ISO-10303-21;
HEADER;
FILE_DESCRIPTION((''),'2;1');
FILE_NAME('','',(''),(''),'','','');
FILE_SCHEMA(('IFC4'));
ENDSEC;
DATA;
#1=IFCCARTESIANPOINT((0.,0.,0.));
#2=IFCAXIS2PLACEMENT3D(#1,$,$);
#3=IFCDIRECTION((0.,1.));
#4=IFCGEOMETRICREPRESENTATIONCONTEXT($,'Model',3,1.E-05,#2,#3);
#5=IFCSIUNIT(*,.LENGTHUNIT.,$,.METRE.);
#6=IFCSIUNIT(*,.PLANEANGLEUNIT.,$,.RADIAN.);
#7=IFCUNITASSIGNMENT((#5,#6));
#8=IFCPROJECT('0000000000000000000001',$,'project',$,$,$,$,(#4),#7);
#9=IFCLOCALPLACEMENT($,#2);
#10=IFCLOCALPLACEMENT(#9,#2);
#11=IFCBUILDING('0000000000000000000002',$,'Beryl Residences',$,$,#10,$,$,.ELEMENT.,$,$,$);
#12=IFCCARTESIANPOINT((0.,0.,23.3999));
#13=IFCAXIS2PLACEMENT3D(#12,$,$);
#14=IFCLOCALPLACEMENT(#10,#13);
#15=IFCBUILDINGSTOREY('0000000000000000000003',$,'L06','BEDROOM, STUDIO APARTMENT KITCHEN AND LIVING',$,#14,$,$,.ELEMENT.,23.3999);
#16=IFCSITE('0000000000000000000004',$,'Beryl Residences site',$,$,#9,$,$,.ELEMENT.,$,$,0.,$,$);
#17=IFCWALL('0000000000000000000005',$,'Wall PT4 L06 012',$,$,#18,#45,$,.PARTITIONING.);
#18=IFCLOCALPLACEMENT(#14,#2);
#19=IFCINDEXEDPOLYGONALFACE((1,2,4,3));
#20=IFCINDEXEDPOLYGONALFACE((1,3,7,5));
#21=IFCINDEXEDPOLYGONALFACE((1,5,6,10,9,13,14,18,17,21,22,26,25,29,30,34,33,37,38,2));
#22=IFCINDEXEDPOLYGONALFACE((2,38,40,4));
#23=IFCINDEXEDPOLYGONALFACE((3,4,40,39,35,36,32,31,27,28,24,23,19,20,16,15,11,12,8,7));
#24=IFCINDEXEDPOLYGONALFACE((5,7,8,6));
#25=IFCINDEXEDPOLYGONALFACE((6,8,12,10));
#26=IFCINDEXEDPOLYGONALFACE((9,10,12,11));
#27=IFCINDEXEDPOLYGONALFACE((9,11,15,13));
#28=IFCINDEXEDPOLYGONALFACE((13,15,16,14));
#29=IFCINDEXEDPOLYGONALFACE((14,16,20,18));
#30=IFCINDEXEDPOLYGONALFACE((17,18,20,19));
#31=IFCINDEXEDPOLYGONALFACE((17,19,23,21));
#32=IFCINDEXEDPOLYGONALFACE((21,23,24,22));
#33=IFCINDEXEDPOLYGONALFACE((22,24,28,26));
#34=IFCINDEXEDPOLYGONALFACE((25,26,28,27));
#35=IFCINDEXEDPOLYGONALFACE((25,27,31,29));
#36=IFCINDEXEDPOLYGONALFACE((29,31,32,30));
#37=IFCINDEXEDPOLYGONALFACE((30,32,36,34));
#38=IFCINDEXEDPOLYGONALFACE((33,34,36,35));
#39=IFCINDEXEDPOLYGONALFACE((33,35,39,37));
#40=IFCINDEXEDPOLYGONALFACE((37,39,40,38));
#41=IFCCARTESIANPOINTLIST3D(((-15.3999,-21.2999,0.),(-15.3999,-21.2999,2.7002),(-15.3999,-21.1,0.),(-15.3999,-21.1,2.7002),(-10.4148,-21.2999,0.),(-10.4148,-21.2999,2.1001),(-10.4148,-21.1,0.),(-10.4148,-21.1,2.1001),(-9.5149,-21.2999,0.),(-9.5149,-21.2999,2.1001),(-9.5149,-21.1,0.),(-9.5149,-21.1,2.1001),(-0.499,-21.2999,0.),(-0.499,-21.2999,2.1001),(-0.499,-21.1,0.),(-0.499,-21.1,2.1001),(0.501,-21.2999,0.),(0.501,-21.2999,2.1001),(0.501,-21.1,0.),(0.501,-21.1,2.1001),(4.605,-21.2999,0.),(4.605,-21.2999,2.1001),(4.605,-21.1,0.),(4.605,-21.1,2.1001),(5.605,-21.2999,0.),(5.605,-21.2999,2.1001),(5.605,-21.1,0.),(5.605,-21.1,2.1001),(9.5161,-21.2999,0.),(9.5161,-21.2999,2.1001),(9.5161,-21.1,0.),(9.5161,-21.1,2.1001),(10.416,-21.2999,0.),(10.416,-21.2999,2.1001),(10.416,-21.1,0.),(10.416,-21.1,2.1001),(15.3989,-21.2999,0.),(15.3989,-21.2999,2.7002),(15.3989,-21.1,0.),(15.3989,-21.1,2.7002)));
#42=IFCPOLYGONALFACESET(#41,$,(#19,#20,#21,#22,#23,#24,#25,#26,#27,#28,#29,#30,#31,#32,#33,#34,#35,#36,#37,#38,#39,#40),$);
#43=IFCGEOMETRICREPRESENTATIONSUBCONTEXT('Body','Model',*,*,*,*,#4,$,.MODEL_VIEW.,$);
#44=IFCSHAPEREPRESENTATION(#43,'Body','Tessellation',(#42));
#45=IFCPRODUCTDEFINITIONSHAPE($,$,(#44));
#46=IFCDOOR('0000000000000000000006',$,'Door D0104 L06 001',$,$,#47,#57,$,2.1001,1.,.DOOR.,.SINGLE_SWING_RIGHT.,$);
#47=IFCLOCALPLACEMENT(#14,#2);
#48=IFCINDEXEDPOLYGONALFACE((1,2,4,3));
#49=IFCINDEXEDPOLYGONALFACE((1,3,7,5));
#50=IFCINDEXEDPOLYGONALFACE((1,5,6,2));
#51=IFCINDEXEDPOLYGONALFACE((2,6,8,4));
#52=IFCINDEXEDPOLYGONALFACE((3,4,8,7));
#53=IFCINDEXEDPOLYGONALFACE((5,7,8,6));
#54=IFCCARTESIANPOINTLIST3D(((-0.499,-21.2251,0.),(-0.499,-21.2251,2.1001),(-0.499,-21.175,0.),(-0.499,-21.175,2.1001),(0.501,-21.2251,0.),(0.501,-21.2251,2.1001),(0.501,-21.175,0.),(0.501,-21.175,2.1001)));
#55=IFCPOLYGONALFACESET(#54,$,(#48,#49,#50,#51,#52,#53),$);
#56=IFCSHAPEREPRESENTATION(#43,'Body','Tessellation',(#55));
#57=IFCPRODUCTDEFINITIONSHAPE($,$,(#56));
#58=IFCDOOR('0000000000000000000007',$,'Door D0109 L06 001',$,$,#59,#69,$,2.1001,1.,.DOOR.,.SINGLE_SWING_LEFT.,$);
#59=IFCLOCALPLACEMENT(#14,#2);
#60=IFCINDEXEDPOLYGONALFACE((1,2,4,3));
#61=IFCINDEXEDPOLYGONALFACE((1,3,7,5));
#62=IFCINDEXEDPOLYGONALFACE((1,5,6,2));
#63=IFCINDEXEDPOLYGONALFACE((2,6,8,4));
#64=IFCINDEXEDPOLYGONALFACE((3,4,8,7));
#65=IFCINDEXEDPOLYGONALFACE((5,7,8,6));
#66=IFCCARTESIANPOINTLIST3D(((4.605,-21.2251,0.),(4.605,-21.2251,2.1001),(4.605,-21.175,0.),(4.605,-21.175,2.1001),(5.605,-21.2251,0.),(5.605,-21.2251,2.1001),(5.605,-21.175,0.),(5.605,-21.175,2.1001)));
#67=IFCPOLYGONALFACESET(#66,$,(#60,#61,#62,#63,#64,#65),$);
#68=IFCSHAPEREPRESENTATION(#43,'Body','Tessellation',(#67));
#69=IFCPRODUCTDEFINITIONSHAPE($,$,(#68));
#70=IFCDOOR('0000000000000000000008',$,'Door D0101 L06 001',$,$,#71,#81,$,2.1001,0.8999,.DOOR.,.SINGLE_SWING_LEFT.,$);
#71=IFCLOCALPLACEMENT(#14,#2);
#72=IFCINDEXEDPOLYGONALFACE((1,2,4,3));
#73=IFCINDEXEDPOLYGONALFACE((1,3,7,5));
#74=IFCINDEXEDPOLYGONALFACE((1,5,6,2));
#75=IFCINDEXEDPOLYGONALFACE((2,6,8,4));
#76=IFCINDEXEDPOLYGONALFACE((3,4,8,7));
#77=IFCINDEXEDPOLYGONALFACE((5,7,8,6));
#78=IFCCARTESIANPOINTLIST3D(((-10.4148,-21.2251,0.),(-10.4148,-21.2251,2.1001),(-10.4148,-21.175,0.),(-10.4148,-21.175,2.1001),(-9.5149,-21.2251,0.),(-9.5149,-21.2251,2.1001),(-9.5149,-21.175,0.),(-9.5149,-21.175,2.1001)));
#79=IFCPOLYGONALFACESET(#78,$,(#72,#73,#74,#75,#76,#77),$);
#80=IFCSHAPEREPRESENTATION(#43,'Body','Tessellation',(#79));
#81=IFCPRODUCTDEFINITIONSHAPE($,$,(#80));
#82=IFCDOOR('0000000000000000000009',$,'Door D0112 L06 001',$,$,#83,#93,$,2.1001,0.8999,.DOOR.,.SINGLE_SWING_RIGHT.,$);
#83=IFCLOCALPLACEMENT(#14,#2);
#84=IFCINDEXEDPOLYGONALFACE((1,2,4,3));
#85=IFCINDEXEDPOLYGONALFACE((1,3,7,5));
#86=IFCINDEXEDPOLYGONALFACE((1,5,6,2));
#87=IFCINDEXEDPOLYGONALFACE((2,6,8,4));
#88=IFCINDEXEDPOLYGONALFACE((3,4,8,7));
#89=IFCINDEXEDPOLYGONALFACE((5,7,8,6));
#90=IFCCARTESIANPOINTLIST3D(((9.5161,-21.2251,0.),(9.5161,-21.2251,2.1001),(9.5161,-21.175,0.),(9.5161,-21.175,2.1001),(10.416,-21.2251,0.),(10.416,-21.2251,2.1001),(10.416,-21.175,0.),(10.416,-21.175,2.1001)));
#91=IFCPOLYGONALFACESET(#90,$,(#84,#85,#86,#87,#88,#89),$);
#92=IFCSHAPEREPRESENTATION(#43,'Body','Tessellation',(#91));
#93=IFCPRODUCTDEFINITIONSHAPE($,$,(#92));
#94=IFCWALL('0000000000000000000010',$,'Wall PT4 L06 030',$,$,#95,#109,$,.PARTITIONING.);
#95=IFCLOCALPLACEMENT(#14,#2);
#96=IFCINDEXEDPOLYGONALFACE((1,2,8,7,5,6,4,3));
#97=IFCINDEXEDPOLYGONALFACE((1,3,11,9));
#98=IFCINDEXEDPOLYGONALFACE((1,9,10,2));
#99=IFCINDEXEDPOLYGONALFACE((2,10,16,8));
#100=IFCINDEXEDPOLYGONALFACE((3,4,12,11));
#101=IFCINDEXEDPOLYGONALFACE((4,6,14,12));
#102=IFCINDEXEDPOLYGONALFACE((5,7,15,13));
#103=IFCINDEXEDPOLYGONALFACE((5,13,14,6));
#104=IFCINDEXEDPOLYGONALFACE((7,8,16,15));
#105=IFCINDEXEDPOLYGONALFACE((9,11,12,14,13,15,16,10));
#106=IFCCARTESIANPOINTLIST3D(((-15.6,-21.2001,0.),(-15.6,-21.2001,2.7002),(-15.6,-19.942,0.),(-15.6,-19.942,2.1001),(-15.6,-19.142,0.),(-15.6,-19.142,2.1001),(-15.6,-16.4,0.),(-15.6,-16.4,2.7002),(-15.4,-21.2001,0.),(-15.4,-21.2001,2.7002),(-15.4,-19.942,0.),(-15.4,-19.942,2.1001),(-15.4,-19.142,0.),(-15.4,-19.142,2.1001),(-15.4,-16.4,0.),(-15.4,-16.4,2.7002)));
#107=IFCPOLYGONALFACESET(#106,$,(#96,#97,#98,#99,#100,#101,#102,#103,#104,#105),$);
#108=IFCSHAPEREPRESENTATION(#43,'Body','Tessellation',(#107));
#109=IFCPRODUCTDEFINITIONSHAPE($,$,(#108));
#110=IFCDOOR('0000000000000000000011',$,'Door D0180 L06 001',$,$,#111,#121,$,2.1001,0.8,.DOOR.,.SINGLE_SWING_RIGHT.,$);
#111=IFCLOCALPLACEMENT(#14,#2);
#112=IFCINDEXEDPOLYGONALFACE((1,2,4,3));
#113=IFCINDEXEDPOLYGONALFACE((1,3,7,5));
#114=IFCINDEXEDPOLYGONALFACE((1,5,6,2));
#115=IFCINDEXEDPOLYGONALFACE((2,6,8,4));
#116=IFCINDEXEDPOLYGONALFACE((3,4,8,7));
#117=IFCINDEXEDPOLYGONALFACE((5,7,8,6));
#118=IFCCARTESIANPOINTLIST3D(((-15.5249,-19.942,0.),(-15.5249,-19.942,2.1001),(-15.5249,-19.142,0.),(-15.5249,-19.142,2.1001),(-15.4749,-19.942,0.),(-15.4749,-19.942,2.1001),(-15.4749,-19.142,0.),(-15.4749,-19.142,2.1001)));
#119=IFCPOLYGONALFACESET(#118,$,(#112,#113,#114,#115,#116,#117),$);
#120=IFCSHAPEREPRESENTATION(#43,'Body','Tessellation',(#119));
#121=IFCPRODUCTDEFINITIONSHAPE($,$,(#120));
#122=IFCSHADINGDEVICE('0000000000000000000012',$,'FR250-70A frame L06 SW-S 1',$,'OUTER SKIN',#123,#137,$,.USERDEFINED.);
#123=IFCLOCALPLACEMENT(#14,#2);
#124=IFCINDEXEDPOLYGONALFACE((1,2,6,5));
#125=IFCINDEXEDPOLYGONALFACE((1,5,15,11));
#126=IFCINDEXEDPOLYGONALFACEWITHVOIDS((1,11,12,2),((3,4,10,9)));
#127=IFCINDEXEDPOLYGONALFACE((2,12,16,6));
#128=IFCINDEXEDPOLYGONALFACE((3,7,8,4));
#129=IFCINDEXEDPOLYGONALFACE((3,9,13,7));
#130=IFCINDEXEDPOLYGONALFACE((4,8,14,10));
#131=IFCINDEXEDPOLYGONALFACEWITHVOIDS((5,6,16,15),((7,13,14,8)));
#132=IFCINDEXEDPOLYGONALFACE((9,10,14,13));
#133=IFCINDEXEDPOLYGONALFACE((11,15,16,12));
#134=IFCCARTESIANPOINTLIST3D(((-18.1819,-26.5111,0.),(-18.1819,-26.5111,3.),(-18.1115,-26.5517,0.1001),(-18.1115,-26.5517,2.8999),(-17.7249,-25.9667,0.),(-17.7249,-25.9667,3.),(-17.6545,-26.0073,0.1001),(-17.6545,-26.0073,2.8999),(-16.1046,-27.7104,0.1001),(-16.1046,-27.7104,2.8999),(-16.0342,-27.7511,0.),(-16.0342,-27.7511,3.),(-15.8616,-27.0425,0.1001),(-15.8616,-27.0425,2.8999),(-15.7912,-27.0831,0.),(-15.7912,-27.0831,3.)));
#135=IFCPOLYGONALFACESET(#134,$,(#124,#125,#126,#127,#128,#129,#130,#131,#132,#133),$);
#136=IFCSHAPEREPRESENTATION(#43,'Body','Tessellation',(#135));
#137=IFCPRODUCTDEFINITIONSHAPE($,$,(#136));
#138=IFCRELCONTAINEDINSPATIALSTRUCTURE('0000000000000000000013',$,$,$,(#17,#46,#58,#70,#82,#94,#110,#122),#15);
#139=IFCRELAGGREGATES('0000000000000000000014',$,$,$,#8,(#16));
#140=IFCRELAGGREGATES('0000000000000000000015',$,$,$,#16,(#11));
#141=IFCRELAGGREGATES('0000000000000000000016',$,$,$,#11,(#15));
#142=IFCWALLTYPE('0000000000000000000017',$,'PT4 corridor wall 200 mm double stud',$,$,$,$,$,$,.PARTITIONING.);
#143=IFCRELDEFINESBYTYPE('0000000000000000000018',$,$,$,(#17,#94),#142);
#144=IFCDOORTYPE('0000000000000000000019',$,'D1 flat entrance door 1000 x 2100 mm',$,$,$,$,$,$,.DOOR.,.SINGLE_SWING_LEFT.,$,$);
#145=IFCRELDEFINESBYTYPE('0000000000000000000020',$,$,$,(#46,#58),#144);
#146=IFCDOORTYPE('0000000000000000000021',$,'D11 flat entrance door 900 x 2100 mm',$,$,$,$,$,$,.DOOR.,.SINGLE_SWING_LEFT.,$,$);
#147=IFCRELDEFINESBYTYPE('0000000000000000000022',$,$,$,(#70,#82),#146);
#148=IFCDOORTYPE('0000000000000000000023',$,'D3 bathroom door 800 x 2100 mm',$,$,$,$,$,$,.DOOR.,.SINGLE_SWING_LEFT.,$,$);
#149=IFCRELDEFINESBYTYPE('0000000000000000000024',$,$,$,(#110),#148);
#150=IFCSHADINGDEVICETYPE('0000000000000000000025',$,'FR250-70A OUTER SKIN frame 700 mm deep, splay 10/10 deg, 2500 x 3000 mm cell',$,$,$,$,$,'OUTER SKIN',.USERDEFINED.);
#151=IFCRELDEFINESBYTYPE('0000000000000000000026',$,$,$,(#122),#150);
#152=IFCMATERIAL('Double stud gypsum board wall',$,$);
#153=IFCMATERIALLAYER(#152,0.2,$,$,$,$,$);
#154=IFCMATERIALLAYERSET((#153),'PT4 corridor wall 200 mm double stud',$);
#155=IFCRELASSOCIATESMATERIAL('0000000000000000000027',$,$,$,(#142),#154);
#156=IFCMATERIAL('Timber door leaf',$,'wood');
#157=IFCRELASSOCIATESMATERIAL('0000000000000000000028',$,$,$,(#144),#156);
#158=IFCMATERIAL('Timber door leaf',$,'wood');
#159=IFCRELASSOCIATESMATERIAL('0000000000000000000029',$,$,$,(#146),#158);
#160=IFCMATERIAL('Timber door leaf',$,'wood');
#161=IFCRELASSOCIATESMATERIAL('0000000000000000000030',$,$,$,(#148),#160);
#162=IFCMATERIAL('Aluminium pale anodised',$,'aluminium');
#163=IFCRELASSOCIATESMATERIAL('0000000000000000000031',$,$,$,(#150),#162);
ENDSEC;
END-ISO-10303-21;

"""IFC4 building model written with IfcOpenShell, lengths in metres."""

from ifc_helpers import new_model, entity, si_unit, direction, frame, frame_2d, origin, place, context, subcontext, project, spatial, rectangle, extrude, source, transform, mapped, material, layer, layer_set, type_object, type_shapes, element, fill, save


model = new_model("IFC4")

# Units and contexts
model_context = context("Model", 3, precision=1e-05, world=origin(), true_north=direction((0.0, 1.0)))
body_context = subcontext(model_context, "Body", "Model", "MODEL_VIEW")
ifc_project = project(units=[si_unit("LENGTHUNIT", "METRE"), si_unit("PLANEANGLEUNIT", "RADIAN")], contexts=[model_context])

# Site, building, storey
site_placement = place(None, origin())
site = spatial("IfcSite", under=ifc_project, at=site_placement, Name="Beryl Residences site", CompositionType="ELEMENT", RefElevation=0.0)
building_placement = place(site_placement, origin())
building = spatial("IfcBuilding", under=site, at=building_placement, Name="Beryl Residences", CompositionType="ELEMENT")
storey_placement = place(building_placement, frame((0.0, 0.0, 23.3999)))
storey = spatial("IfcBuildingStorey", under=building, at=storey_placement, Name="L06", Description="BEDROOM, STUDIO APARTMENT KITCHEN AND LIVING", CompositionType="ELEMENT", Elevation=23.3999)

# Wall, openings, doors
ifc_material_1 = material(Name="Double stud gypsum board wall")
ifc_layer_1 = layer(ifc_material_1, 0.2)
ifc_layer_set_1 = layer_set([ifc_layer_1], Name="PT4 corridor wall 200 mm double stud")
wall_type_1 = type_object("IfcWallType", Name="PT4 corridor wall 200 mm double stud", PredefinedType="PARTITIONING", material=ifc_layer_set_1)
wall_1_placement = place(storey_placement, frame((-15.3999, -21.2, 0.0), z_axis=(0.0, 0.0, 1.0), x_axis=(1.0, 0.0, 0.0)))
wall_1 = element("IfcWall", 1, at=wall_1_placement, inside=storey, type_object=wall_type_1, Name="Wall PT4 L06 012", PredefinedType="PARTITIONING", context=body_context, shape_type="SweptSolid", body=[
    extrude(rectangle(XDim=30.7988, YDim=0.2, at=frame_2d((15.3994, 0.0))), origin(), (0.0, 0.0, 1.0), 2.7002),
])
opening_1_placement = place(wall_1_placement, frame((4.9851, 0.0, 0.0)))
opening_1 = element("IfcOpeningElement", 2, at=opening_1_placement, cuts=wall_1, PredefinedType="OPENING", context=body_context, shape_type="SweptSolid", body=[
    extrude(rectangle(XDim=0.8999, YDim=2.1001, at=frame_2d((0.45, 1.05))), frame((0.0, 0.1099, 0.0), z_axis=(0.0, -1.0, 0.0), x_axis=(1.0, 0.0, 0.0)), (0.0, 0.0, 1.0), 0.22),
])
opening_2_placement = place(wall_1_placement, frame((14.9009, 0.0, 0.0)))
opening_2 = element("IfcOpeningElement", 3, at=opening_2_placement, cuts=wall_1, PredefinedType="OPENING", context=body_context, shape_type="SweptSolid", body=[
    extrude(rectangle(XDim=1.0, YDim=2.1001, at=frame_2d((0.5, 1.05))), frame((0.0, 0.1099, 0.0), z_axis=(0.0, -1.0, 0.0), x_axis=(1.0, 0.0, 0.0)), (0.0, 0.0, 1.0), 0.22),
])
opening_3_placement = place(wall_1_placement, frame((20.0049, 0.0, 0.0)))
opening_3 = element("IfcOpeningElement", 4, at=opening_3_placement, cuts=wall_1, PredefinedType="OPENING", context=body_context, shape_type="SweptSolid", body=[
    extrude(rectangle(XDim=1.0, YDim=2.1001, at=frame_2d((0.5, 1.05))), frame((0.0, 0.1099, 0.0), z_axis=(0.0, -1.0, 0.0), x_axis=(1.0, 0.0, 0.0)), (0.0, 0.0, 1.0), 0.22),
])
opening_4_placement = place(wall_1_placement, frame((24.916, 0.0, 0.0)))
opening_4 = element("IfcOpeningElement", 5, at=opening_4_placement, cuts=wall_1, PredefinedType="OPENING", context=body_context, shape_type="SweptSolid", body=[
    extrude(rectangle(XDim=0.8999, YDim=2.1001, at=frame_2d((0.45, 1.05))), frame((0.0, 0.1099, 0.0), z_axis=(0.0, -1.0, 0.0), x_axis=(1.0, 0.0, 0.0)), (0.0, 0.0, 1.0), 0.22),
])
ifc_material_2 = material(Name="Timber door leaf", Category="wood")
door_type_1 = type_object("IfcDoorType", Name="D1 flat entrance door 1000 x 2100 mm", OperationType="SINGLE_SWING_LEFT", PredefinedType="DOOR", material=ifc_material_2)
door_1_placement = place(opening_2_placement, origin())
door_1 = element("IfcDoor", 6, at=door_1_placement, inside=storey, type_object=door_type_1, Name="Door D0104 L06 001", OperationType="SINGLE_SWING_RIGHT", OverallHeight=2.1001, OverallWidth=1.0, PredefinedType="DOOR", context=body_context, shape_type="SweptSolid", body=[
    extrude(rectangle(XDim=1.0, YDim=2.1001, at=frame_2d((0.5, 1.05))), frame((0.0, 0.0249, 0.0), z_axis=(0.0, -1.0, 0.0), x_axis=(1.0, 0.0, 0.0)), (0.0, 0.0, 1.0), 0.05),
])
fill(opening_2, door_1)
door_2_placement = place(opening_3_placement, origin())
door_2 = element("IfcDoor", 7, at=door_2_placement, inside=storey, type_object=door_type_1, Name="Door D0109 L06 001", OperationType="SINGLE_SWING_LEFT", OverallHeight=2.1001, OverallWidth=1.0, PredefinedType="DOOR", context=body_context, shape_type="SweptSolid", body=[
    extrude(rectangle(XDim=1.0, YDim=2.1001, at=frame_2d((0.5, 1.05))), frame((0.0, 0.0249, 0.0), z_axis=(0.0, -1.0, 0.0), x_axis=(1.0, 0.0, 0.0)), (0.0, 0.0, 1.0), 0.05),
])
fill(opening_3, door_2)
ifc_material_3 = material(Name="Timber door leaf", Category="wood")
door_type_2 = type_object("IfcDoorType", Name="D11 flat entrance door 900 x 2100 mm", OperationType="SINGLE_SWING_LEFT", PredefinedType="DOOR", material=ifc_material_3)
door_3_placement = place(opening_1_placement, origin())
door_3 = element("IfcDoor", 8, at=door_3_placement, inside=storey, type_object=door_type_2, Name="Door D0101 L06 001", OperationType="SINGLE_SWING_LEFT", OverallHeight=2.1001, OverallWidth=0.8999, PredefinedType="DOOR", context=body_context, shape_type="SweptSolid", body=[
    extrude(rectangle(XDim=0.8999, YDim=2.1001, at=frame_2d((0.45, 1.05))), frame((0.0, 0.0249, 0.0), z_axis=(0.0, -1.0, 0.0), x_axis=(1.0, 0.0, 0.0)), (0.0, 0.0, 1.0), 0.05),
])
fill(opening_1, door_3)
door_4_placement = place(opening_4_placement, origin())
door_4 = element("IfcDoor", 9, at=door_4_placement, inside=storey, type_object=door_type_2, Name="Door D0112 L06 001", OperationType="SINGLE_SWING_RIGHT", OverallHeight=2.1001, OverallWidth=0.8999, PredefinedType="DOOR", context=body_context, shape_type="SweptSolid", body=[
    extrude(rectangle(XDim=0.8999, YDim=2.1001, at=frame_2d((0.45, 1.05))), frame((0.0, 0.0249, 0.0), z_axis=(0.0, -1.0, 0.0), x_axis=(1.0, 0.0, 0.0)), (0.0, 0.0, 1.0), 0.05),
])
fill(opening_4, door_4)

# Wall, opening, door
wall_2_placement = place(storey_placement, frame((-15.5, -21.2, 0.0), z_axis=(0.0, 0.0, 1.0), x_axis=(0.0, 1.0, 0.0)))
wall_2 = element("IfcWall", 10, at=wall_2_placement, inside=storey, type_object=wall_type_1, Name="Wall PT4 L06 030", PredefinedType="PARTITIONING", context=body_context, shape_type="SweptSolid", body=[
    extrude(rectangle(XDim=4.8, YDim=0.2, at=frame_2d((2.3999, 0.0))), origin(), (0.0, 0.0, 1.0), 2.7002),
])
opening_5_placement = place(wall_2_placement, frame((1.2581, 0.0, 0.0)))
opening_5 = element("IfcOpeningElement", 11, at=opening_5_placement, cuts=wall_2, PredefinedType="OPENING", context=body_context, shape_type="SweptSolid", body=[
    extrude(rectangle(XDim=0.8, YDim=2.1001, at=frame_2d((0.3999, 1.05))), frame((0.0, 0.1099, 0.0), z_axis=(0.0, -1.0, 0.0), x_axis=(1.0, 0.0, 0.0)), (0.0, 0.0, 1.0), 0.22),
])
ifc_material_4 = material(Name="Timber door leaf", Category="wood")
door_type_3 = type_object("IfcDoorType", Name="D3 bathroom door 800 x 2100 mm", OperationType="SINGLE_SWING_LEFT", PredefinedType="DOOR", material=ifc_material_4)
door_5_placement = place(opening_5_placement, origin())
door_5 = element("IfcDoor", 12, at=door_5_placement, inside=storey, type_object=door_type_3, Name="Door D0180 L06 001", OperationType="SINGLE_SWING_RIGHT", OverallHeight=2.1001, OverallWidth=0.8, PredefinedType="DOOR", context=body_context, shape_type="SweptSolid", body=[
    extrude(rectangle(XDim=0.8, YDim=2.1001, at=frame_2d((0.3999, 1.05))), frame((0.0, 0.0249, 0.0), z_axis=(0.0, -1.0, 0.0), x_axis=(1.0, 0.0, 0.0)), (0.0, 0.0, 1.0), 0.05),
])
fill(opening_5, door_5)

# Shading device
ifc_material_5 = material(Name="Aluminium pale anodised", Category="aluminium")
shading_device_type_1 = type_object("IfcShadingDeviceType", Name="FR250-70A OUTER SKIN frame 700 mm deep, splay 10/10 deg, 2500 x 3000 mm cell", ElementType="OUTER SKIN", PredefinedType="USERDEFINED", material=ifc_material_5)
cartesian_point_1 = entity("IfcCartesianPoint", [-1.1165, 0.0])
cartesian_point_2 = entity("IfcCartesianPoint", [-1.0352, 0.1001])
cartesian_point_3 = entity("IfcCartesianPoint", [-1.24, 0.0])
cartesian_point_4 = entity("IfcCartesianPoint", [-1.1587, 0.1001])
shared_shape_1 = source(origin(), body_context, "Body", "SweptSolid", [
    entity("IfcExtrudedAreaSolidTapered", entity("IfcArbitraryProfileDefWithVoids", "AREA", None, entity("IfcPolyline", [cartesian_point_1, entity("IfcCartesianPoint", [1.1165, 0.0]), entity("IfcCartesianPoint", [1.1165, 3.0]), entity("IfcCartesianPoint", [-1.1165, 3.0]), cartesian_point_1]), [entity("IfcPolyline", [cartesian_point_2, entity("IfcCartesianPoint", [1.0352, 0.1001]), entity("IfcCartesianPoint", [1.0352, 2.8999]), entity("IfcCartesianPoint", [-1.0352, 2.8999]), cartesian_point_2])]), entity("IfcAxis2Placement3D", entity("IfcCartesianPoint", [0.0, 0.0, 0.0]), entity("IfcDirection", [0.0, 1.0, 0.0]), entity("IfcDirection", [-1.0, 0.0, 0.0])), entity("IfcDirection", [0.0, 0.0, 1.0]), 0.7, entity("IfcArbitraryProfileDefWithVoids", "AREA", None, entity("IfcPolyline", [cartesian_point_3, entity("IfcCartesianPoint", [1.24, 0.0]), entity("IfcCartesianPoint", [1.24, 3.0]), entity("IfcCartesianPoint", [-1.24, 3.0]), cartesian_point_3]), [entity("IfcPolyline", [cartesian_point_4, entity("IfcCartesianPoint", [1.1587, 0.1001]), entity("IfcCartesianPoint", [1.1587, 2.8999]), entity("IfcCartesianPoint", [-1.1587, 2.8999]), cartesian_point_4])])),
])
type_shapes(shading_device_type_1, [shared_shape_1])
shading_device_placement = place(storey_placement, frame((-16.7581, -26.5249, 0.0), z_axis=(0.0, 0.0, 1.0), x_axis=(-0.866025, 0.5, 0.0)))
element("IfcShadingDevice", 13, at=shading_device_placement, inside=storey, type_object=shading_device_type_1, Name="FR250-70A frame L06 SW-S 1", ObjectType="OUTER SKIN", PredefinedType="USERDEFINED", context=body_context, shape_type="MappedRepresentation", body=[
    mapped(shared_shape_1, transform((0.0, 0.0, 0.0))),
])

save(model, "model.ifc")
